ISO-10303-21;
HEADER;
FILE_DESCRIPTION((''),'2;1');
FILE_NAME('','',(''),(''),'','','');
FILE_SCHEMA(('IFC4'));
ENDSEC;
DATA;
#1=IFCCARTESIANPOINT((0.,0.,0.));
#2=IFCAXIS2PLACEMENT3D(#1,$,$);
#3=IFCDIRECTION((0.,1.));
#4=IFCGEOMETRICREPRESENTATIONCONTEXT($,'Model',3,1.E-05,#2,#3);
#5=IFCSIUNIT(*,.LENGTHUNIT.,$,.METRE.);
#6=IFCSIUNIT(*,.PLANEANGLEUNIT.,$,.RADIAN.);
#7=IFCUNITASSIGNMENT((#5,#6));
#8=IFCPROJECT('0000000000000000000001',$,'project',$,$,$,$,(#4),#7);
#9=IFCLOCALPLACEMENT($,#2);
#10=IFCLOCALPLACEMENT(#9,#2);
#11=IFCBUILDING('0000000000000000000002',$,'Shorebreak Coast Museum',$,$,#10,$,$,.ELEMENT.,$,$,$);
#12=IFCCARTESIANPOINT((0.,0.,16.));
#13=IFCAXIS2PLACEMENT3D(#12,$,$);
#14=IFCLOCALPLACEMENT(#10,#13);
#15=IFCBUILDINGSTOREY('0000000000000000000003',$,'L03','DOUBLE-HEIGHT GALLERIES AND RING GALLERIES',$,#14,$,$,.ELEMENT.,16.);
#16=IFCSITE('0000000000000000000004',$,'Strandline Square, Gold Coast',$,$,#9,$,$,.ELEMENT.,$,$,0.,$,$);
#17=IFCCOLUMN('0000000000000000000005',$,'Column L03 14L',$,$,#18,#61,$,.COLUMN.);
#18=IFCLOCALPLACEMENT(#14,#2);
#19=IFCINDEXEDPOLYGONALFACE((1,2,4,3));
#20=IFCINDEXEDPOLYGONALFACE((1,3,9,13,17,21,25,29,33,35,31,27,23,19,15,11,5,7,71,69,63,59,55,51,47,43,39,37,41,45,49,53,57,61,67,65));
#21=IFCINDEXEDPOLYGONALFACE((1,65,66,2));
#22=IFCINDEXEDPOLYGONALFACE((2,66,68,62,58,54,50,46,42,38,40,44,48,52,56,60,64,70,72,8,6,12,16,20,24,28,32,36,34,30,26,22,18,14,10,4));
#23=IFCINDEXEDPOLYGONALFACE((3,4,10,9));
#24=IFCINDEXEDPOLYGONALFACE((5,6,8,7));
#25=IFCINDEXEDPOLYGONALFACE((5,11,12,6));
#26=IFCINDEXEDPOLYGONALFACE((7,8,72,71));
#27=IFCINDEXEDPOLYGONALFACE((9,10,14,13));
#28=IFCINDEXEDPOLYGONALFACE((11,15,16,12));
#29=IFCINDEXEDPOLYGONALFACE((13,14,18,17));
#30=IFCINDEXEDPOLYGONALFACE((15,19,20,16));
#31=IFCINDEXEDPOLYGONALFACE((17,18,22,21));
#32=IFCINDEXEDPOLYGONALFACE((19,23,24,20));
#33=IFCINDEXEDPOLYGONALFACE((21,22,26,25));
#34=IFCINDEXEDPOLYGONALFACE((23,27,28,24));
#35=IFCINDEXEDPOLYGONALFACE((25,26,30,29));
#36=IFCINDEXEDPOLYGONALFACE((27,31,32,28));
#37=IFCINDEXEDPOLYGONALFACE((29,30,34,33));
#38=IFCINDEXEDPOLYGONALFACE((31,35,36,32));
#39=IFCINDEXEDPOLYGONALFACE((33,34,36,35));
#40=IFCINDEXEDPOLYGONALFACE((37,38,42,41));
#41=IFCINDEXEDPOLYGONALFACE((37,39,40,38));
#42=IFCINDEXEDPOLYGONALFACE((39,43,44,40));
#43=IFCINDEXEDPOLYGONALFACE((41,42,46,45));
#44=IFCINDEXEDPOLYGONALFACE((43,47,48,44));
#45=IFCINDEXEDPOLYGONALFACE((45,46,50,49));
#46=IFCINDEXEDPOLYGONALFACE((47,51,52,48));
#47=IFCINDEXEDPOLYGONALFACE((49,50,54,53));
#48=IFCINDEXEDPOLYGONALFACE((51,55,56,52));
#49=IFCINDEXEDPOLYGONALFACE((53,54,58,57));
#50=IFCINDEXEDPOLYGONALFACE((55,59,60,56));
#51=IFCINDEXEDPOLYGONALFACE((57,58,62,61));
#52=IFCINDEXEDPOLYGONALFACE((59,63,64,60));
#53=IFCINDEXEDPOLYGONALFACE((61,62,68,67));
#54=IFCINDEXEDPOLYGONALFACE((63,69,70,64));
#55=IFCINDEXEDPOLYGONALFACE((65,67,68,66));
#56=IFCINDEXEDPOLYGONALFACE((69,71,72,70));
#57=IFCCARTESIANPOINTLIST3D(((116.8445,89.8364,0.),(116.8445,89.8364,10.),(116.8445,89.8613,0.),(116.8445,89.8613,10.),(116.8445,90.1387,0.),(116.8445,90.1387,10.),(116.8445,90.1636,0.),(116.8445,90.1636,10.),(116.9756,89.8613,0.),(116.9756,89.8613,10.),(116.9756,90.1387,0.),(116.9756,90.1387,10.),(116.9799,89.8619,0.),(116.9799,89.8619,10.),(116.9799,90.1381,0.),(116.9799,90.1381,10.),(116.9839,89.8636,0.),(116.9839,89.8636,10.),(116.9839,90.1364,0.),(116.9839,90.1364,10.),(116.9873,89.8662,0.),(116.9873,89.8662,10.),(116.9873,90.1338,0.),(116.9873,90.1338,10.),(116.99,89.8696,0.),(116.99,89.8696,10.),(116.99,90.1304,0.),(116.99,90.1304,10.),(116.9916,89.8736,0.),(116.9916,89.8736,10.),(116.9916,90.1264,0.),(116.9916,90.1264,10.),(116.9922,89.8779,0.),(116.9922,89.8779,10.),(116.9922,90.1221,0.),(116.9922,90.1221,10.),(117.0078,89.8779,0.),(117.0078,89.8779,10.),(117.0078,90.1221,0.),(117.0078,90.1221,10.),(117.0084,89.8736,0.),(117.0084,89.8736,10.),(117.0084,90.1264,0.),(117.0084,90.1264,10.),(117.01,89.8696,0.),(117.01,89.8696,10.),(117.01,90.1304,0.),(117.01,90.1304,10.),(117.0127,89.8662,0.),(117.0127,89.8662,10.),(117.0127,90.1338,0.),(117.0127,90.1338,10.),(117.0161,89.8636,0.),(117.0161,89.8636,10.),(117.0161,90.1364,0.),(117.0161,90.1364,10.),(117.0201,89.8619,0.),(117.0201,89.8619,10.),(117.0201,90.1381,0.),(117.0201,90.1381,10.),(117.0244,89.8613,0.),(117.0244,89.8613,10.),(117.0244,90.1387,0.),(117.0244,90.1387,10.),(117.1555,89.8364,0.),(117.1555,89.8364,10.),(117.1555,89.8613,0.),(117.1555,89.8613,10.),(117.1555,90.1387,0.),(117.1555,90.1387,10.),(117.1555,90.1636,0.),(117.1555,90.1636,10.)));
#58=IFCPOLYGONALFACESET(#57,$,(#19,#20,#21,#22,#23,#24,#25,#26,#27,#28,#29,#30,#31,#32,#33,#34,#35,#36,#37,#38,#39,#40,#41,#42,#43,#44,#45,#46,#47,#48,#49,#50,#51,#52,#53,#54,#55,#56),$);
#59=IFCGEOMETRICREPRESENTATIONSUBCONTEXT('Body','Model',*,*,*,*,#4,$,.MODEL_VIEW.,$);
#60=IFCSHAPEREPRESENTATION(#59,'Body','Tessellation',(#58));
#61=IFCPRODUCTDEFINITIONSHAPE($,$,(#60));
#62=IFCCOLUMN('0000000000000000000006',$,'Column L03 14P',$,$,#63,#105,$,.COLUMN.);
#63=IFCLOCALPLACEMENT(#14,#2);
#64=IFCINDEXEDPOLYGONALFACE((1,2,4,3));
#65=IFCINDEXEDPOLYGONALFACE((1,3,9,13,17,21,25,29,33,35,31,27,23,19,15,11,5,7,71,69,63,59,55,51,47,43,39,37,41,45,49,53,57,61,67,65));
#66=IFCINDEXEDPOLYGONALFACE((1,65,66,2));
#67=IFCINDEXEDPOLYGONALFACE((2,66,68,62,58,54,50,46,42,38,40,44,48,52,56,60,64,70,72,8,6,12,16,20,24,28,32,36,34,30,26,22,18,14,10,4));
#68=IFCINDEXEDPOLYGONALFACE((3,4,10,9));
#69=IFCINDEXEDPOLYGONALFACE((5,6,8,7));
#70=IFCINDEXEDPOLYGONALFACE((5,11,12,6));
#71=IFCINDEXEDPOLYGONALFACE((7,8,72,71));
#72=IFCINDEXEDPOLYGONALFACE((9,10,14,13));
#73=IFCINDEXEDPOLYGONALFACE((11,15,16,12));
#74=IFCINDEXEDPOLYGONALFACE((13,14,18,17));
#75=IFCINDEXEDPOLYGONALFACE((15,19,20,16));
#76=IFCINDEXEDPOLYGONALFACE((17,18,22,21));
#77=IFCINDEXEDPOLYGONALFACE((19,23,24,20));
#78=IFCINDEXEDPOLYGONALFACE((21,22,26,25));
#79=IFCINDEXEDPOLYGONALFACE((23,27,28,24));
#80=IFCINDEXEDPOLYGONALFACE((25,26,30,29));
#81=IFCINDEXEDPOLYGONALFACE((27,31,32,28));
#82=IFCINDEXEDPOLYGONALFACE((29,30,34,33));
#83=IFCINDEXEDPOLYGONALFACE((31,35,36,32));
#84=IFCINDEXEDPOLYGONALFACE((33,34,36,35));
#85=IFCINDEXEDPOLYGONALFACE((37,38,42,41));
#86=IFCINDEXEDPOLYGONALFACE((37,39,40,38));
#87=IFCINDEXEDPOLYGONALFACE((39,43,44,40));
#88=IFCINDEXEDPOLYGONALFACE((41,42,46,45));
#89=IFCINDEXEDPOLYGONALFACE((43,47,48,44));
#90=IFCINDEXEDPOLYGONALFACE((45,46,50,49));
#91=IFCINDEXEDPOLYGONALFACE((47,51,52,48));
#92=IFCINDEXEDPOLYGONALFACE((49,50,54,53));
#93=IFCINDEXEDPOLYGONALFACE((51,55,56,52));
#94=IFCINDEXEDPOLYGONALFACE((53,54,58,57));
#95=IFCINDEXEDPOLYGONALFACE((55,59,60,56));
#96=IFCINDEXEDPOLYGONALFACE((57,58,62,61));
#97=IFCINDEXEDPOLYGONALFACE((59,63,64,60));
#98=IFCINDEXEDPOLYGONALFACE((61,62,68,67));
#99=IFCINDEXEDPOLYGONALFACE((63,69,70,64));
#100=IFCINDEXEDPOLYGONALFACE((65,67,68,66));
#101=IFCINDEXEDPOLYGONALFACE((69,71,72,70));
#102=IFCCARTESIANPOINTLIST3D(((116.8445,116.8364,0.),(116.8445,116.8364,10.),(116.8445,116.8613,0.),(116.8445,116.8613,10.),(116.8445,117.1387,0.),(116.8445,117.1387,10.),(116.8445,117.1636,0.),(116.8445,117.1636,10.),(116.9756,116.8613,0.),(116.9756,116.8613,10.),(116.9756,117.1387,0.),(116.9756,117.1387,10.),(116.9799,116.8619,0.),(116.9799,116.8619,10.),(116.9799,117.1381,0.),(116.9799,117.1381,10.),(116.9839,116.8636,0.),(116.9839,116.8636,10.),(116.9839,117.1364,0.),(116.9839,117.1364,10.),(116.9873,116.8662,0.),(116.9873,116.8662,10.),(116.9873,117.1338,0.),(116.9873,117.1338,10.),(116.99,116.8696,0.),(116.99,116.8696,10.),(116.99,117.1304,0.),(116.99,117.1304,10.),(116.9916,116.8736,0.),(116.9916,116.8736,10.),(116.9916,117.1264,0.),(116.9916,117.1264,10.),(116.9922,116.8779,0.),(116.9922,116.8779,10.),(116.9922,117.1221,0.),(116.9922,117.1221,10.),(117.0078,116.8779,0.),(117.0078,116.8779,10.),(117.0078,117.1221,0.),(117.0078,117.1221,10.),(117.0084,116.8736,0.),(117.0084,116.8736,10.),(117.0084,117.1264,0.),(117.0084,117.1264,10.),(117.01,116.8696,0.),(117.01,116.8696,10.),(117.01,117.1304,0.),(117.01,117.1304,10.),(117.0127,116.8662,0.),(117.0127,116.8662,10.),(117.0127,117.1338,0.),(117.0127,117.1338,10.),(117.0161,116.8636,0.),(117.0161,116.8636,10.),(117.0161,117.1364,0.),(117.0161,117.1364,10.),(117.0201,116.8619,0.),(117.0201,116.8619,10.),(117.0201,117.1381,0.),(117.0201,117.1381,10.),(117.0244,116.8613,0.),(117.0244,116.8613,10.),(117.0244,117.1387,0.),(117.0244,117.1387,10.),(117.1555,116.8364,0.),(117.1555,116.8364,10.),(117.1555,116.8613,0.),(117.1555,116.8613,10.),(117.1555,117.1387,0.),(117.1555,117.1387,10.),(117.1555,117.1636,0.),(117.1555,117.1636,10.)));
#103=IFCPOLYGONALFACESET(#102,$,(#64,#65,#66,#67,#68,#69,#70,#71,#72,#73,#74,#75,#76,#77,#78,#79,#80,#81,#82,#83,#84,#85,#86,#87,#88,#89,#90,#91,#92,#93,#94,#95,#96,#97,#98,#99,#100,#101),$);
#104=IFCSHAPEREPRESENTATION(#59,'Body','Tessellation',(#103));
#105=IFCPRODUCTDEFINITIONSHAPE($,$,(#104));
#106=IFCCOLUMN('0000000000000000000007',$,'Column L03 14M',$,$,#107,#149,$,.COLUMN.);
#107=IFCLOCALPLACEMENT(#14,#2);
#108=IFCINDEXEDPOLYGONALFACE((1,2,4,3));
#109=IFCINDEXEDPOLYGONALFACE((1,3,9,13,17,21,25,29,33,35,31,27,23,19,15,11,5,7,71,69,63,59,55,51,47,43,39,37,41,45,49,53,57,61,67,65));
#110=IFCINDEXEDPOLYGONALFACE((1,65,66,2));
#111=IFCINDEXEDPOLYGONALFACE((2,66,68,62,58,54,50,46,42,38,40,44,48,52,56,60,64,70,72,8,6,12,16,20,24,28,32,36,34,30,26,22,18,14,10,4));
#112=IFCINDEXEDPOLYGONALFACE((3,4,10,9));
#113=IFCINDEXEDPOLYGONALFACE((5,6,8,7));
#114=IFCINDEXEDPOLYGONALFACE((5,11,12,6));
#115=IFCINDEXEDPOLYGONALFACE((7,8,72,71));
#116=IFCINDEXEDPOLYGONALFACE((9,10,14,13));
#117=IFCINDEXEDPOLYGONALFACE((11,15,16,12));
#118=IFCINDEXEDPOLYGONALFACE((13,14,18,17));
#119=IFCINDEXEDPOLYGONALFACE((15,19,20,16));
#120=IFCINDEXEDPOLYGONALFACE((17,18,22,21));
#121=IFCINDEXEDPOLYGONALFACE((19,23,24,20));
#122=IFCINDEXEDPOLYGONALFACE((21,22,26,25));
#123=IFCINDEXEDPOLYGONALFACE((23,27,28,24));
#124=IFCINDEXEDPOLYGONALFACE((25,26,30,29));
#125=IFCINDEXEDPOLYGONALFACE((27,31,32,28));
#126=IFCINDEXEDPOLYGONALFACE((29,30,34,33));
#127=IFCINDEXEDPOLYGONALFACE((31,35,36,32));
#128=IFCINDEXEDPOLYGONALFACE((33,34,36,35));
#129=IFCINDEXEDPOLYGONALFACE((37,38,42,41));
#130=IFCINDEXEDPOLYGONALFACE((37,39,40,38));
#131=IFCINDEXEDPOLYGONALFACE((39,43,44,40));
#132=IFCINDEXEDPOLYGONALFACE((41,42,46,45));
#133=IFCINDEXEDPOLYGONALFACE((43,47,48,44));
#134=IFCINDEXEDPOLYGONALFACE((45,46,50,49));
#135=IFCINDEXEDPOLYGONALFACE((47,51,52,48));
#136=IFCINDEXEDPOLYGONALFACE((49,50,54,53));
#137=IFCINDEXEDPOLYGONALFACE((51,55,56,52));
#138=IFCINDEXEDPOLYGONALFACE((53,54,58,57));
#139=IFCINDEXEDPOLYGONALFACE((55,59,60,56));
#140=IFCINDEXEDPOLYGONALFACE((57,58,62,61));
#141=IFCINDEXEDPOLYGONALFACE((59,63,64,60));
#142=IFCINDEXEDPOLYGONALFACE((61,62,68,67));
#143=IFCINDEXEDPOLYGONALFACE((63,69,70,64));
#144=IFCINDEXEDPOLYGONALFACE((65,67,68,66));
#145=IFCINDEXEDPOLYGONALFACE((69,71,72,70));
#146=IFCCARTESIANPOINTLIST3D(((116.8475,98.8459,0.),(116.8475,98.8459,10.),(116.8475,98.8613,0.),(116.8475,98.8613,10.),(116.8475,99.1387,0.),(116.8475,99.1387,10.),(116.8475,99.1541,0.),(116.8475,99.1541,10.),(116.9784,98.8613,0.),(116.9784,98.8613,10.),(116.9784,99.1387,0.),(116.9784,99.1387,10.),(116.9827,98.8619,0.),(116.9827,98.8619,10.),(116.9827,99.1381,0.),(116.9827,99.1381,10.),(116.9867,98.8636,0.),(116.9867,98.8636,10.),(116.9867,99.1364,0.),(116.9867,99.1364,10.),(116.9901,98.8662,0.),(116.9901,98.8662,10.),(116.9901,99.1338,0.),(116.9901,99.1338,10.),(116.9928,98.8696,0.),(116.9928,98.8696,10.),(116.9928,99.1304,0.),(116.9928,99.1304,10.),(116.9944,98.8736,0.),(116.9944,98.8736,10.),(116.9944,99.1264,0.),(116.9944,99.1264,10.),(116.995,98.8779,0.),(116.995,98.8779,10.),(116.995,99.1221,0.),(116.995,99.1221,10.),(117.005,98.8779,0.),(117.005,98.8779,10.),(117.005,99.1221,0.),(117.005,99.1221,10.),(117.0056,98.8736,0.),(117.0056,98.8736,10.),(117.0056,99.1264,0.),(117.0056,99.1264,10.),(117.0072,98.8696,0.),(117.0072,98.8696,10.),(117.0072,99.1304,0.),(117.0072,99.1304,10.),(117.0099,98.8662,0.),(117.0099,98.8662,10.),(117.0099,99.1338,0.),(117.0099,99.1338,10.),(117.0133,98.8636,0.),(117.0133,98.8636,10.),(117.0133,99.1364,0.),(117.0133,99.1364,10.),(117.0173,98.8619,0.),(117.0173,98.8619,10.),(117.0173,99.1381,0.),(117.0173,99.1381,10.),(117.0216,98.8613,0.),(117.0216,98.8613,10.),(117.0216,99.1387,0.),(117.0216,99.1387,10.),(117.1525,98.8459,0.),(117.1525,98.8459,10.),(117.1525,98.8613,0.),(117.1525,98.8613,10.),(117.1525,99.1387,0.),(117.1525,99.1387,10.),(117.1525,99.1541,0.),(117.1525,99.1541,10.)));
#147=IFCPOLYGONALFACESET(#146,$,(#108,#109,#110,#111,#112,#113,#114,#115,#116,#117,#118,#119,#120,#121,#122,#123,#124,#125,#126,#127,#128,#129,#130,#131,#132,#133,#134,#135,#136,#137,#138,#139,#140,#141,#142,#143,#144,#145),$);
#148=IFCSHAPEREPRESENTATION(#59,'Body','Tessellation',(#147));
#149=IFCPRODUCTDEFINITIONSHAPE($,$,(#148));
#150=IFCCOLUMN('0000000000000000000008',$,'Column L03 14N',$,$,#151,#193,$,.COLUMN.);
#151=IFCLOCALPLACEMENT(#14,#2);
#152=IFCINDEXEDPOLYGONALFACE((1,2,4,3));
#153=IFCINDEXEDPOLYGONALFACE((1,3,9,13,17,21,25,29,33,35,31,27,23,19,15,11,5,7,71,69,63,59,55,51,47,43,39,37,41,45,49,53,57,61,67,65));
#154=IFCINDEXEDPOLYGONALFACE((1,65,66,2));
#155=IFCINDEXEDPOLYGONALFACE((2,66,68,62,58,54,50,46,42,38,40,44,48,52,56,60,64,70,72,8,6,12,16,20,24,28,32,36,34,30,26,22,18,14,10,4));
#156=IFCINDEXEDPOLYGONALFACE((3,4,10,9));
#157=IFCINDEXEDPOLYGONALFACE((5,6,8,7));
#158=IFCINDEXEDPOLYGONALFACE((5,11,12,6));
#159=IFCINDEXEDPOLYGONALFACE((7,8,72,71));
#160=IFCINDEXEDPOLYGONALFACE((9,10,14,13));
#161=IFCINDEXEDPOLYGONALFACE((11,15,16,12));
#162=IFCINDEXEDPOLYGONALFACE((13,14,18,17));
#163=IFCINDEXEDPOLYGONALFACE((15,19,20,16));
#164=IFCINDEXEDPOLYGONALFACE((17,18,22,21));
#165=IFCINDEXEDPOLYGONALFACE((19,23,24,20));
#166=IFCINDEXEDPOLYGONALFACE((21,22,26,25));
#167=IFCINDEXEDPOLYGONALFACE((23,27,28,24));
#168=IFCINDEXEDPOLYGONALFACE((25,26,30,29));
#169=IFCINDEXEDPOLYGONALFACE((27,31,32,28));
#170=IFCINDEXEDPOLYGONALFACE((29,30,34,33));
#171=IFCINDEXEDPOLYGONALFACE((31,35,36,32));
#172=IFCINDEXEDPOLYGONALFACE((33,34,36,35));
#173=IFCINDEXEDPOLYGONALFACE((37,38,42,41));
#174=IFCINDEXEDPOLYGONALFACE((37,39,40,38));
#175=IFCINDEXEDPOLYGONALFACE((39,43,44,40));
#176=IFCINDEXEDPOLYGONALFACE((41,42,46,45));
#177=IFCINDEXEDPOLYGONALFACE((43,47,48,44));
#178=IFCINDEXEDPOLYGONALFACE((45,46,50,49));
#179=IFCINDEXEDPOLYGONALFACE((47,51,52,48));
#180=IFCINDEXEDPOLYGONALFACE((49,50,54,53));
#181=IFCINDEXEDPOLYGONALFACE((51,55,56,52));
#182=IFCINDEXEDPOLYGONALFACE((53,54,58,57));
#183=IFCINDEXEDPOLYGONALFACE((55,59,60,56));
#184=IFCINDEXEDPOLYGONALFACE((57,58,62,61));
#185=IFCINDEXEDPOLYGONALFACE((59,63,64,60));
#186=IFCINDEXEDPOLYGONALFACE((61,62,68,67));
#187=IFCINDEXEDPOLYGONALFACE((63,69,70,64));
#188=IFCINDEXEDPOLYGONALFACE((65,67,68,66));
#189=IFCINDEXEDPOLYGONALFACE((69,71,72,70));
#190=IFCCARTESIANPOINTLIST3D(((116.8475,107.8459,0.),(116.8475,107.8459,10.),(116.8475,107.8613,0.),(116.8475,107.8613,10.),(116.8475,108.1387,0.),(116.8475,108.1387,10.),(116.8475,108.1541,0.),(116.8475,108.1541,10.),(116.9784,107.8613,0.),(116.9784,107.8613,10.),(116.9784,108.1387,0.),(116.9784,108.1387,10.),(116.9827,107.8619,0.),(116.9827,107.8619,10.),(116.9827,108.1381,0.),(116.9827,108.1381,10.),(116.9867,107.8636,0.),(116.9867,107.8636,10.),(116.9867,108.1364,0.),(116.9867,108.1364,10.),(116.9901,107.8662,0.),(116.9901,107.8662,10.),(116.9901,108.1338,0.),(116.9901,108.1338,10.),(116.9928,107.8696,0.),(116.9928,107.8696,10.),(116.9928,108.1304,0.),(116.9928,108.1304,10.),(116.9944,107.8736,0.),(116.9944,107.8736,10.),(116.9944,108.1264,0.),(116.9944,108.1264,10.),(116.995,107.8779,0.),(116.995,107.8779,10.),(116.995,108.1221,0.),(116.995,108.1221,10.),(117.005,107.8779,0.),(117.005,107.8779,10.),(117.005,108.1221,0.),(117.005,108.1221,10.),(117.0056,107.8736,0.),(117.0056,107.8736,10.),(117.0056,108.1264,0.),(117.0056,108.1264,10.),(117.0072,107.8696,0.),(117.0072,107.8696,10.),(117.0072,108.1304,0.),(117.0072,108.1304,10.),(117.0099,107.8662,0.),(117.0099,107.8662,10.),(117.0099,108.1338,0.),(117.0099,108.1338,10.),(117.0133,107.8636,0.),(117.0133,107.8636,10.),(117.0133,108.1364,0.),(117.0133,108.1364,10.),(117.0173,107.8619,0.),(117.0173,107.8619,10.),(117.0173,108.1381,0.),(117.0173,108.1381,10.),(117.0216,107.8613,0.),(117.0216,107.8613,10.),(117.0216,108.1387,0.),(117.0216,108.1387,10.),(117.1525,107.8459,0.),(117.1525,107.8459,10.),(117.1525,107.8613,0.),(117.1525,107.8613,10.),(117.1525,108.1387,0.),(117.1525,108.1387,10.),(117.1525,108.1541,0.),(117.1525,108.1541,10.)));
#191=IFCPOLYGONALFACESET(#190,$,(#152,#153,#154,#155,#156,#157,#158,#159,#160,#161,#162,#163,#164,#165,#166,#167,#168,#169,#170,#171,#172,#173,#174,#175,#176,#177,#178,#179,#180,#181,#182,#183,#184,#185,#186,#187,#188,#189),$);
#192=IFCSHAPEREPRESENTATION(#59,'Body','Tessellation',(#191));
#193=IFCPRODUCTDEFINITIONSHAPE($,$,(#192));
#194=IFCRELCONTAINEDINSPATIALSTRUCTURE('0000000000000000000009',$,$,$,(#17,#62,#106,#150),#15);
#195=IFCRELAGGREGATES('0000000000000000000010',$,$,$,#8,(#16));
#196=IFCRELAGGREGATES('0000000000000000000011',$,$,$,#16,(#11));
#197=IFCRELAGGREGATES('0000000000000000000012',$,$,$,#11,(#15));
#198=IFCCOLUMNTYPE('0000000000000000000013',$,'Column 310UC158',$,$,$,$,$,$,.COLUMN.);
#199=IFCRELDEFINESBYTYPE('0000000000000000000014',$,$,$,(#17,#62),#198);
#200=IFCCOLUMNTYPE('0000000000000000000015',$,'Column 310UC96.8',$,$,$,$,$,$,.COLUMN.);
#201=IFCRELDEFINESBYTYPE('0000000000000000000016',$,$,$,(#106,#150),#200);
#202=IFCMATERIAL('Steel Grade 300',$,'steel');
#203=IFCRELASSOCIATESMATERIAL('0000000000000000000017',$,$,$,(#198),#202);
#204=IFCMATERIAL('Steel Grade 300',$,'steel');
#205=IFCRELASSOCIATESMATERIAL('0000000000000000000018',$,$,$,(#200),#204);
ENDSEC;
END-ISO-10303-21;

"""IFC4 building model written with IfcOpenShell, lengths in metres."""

from ifc_helpers import new_model, si_unit, direction, frame, origin, origin_2d, place, context, subcontext, project, spatial, i_section, extrude, material, material_profile, profile_set, type_object, element, save


model = new_model("IFC4")

# Units and contexts
model_context = context("Model", 3, precision=1e-05, world=origin(), true_north=direction((0.0, 1.0)))
body_context = subcontext(model_context, "Body", "Model", "MODEL_VIEW")
ifc_project = project(units=[si_unit("LENGTHUNIT", "METRE"), si_unit("PLANEANGLEUNIT", "RADIAN")], contexts=[model_context])

# Site, building, storey
site_placement = place(None, origin())
site = spatial("IfcSite", under=ifc_project, at=site_placement, Name="Strandline Square, Gold Coast", CompositionType="ELEMENT", RefElevation=0.0)
building_placement = place(site_placement, origin())
building = spatial("IfcBuilding", under=site, at=building_placement, Name="Shorebreak Coast Museum", CompositionType="ELEMENT")
storey_placement = place(building_placement, frame((0.0, 0.0, 16.0)))
storey = spatial("IfcBuildingStorey", under=building, at=storey_placement, Name="L03", Description="DOUBLE-HEIGHT GALLERIES AND RING GALLERIES", CompositionType="ELEMENT", Elevation=16.0)

# Columns
ifc_material_1 = material(Name="Steel Grade 300", Category="steel")
ifc_material_profile_1 = material_profile(ifc_material_1, i_section(OverallWidth=0.311, OverallDepth=0.3271, WebThickness=0.0156, FlangeThickness=0.0249, FilletRadius=0.0166, at=origin_2d()), Name="310UC158")
ifc_profile_set_1 = profile_set([ifc_material_profile_1], Name="Steel Grade 300")
column_type_1 = type_object("IfcColumnType", Name="Column 310UC158", PredefinedType="COLUMN", material=ifc_profile_set_1)
for number, where, z_axis, x_axis, name in (
    (1, (117.0, 90.0, 0.0), (0.0, 0.0, 1.0), (1.0, 0.0, 0.0), "Column L03 14L"),
    (2, (117.0, 117.0, 0.0), (0.0, 0.0, 1.0), (1.0, 0.0, 0.0), "Column L03 14P"),
):
    element("IfcColumn", number, at=place(storey_placement, frame(where, z_axis=z_axis, x_axis=x_axis)), inside=storey, type_object=column_type_1, Name=name, PredefinedType="COLUMN", context=body_context, shape_type="SweptSolid", body=[
        extrude(i_section(OverallWidth=0.311, OverallDepth=0.3271, WebThickness=0.0156, FlangeThickness=0.0249, FilletRadius=0.0166, at=origin_2d()), origin(), (0.0, 0.0, 1.0), 10.0),
    ])
ifc_material_2 = material(Name="Steel Grade 300", Category="steel")
ifc_material_profile_2 = material_profile(ifc_material_2, i_section(OverallWidth=0.3049, OverallDepth=0.3081, WebThickness=0.01, FlangeThickness=0.0154, FilletRadius=0.0166, at=origin_2d()), Name="310UC96.8")
ifc_profile_set_2 = profile_set([ifc_material_profile_2], Name="Steel Grade 300")
column_type_2 = type_object("IfcColumnType", Name="Column 310UC96.8", PredefinedType="COLUMN", material=ifc_profile_set_2)
for number, where, z_axis, x_axis, name in (
    (3, (117.0, 99.0, 0.0), (0.0, 0.0, 1.0), (1.0, 0.0, 0.0), "Column L03 14M"),
    (4, (117.0, 108.0, 0.0), (0.0, 0.0, 1.0), (1.0, 0.0, 0.0), "Column L03 14N"),
):
    element("IfcColumn", number, at=place(storey_placement, frame(where, z_axis=z_axis, x_axis=x_axis)), inside=storey, type_object=column_type_2, Name=name, PredefinedType="COLUMN", context=body_context, shape_type="SweptSolid", body=[
        extrude(i_section(OverallWidth=0.3049, OverallDepth=0.3081, WebThickness=0.01, FlangeThickness=0.0154, FilletRadius=0.0166, at=origin_2d()), origin(), (0.0, 0.0, 1.0), 10.0),
    ])

save(model, "model.ifc")
